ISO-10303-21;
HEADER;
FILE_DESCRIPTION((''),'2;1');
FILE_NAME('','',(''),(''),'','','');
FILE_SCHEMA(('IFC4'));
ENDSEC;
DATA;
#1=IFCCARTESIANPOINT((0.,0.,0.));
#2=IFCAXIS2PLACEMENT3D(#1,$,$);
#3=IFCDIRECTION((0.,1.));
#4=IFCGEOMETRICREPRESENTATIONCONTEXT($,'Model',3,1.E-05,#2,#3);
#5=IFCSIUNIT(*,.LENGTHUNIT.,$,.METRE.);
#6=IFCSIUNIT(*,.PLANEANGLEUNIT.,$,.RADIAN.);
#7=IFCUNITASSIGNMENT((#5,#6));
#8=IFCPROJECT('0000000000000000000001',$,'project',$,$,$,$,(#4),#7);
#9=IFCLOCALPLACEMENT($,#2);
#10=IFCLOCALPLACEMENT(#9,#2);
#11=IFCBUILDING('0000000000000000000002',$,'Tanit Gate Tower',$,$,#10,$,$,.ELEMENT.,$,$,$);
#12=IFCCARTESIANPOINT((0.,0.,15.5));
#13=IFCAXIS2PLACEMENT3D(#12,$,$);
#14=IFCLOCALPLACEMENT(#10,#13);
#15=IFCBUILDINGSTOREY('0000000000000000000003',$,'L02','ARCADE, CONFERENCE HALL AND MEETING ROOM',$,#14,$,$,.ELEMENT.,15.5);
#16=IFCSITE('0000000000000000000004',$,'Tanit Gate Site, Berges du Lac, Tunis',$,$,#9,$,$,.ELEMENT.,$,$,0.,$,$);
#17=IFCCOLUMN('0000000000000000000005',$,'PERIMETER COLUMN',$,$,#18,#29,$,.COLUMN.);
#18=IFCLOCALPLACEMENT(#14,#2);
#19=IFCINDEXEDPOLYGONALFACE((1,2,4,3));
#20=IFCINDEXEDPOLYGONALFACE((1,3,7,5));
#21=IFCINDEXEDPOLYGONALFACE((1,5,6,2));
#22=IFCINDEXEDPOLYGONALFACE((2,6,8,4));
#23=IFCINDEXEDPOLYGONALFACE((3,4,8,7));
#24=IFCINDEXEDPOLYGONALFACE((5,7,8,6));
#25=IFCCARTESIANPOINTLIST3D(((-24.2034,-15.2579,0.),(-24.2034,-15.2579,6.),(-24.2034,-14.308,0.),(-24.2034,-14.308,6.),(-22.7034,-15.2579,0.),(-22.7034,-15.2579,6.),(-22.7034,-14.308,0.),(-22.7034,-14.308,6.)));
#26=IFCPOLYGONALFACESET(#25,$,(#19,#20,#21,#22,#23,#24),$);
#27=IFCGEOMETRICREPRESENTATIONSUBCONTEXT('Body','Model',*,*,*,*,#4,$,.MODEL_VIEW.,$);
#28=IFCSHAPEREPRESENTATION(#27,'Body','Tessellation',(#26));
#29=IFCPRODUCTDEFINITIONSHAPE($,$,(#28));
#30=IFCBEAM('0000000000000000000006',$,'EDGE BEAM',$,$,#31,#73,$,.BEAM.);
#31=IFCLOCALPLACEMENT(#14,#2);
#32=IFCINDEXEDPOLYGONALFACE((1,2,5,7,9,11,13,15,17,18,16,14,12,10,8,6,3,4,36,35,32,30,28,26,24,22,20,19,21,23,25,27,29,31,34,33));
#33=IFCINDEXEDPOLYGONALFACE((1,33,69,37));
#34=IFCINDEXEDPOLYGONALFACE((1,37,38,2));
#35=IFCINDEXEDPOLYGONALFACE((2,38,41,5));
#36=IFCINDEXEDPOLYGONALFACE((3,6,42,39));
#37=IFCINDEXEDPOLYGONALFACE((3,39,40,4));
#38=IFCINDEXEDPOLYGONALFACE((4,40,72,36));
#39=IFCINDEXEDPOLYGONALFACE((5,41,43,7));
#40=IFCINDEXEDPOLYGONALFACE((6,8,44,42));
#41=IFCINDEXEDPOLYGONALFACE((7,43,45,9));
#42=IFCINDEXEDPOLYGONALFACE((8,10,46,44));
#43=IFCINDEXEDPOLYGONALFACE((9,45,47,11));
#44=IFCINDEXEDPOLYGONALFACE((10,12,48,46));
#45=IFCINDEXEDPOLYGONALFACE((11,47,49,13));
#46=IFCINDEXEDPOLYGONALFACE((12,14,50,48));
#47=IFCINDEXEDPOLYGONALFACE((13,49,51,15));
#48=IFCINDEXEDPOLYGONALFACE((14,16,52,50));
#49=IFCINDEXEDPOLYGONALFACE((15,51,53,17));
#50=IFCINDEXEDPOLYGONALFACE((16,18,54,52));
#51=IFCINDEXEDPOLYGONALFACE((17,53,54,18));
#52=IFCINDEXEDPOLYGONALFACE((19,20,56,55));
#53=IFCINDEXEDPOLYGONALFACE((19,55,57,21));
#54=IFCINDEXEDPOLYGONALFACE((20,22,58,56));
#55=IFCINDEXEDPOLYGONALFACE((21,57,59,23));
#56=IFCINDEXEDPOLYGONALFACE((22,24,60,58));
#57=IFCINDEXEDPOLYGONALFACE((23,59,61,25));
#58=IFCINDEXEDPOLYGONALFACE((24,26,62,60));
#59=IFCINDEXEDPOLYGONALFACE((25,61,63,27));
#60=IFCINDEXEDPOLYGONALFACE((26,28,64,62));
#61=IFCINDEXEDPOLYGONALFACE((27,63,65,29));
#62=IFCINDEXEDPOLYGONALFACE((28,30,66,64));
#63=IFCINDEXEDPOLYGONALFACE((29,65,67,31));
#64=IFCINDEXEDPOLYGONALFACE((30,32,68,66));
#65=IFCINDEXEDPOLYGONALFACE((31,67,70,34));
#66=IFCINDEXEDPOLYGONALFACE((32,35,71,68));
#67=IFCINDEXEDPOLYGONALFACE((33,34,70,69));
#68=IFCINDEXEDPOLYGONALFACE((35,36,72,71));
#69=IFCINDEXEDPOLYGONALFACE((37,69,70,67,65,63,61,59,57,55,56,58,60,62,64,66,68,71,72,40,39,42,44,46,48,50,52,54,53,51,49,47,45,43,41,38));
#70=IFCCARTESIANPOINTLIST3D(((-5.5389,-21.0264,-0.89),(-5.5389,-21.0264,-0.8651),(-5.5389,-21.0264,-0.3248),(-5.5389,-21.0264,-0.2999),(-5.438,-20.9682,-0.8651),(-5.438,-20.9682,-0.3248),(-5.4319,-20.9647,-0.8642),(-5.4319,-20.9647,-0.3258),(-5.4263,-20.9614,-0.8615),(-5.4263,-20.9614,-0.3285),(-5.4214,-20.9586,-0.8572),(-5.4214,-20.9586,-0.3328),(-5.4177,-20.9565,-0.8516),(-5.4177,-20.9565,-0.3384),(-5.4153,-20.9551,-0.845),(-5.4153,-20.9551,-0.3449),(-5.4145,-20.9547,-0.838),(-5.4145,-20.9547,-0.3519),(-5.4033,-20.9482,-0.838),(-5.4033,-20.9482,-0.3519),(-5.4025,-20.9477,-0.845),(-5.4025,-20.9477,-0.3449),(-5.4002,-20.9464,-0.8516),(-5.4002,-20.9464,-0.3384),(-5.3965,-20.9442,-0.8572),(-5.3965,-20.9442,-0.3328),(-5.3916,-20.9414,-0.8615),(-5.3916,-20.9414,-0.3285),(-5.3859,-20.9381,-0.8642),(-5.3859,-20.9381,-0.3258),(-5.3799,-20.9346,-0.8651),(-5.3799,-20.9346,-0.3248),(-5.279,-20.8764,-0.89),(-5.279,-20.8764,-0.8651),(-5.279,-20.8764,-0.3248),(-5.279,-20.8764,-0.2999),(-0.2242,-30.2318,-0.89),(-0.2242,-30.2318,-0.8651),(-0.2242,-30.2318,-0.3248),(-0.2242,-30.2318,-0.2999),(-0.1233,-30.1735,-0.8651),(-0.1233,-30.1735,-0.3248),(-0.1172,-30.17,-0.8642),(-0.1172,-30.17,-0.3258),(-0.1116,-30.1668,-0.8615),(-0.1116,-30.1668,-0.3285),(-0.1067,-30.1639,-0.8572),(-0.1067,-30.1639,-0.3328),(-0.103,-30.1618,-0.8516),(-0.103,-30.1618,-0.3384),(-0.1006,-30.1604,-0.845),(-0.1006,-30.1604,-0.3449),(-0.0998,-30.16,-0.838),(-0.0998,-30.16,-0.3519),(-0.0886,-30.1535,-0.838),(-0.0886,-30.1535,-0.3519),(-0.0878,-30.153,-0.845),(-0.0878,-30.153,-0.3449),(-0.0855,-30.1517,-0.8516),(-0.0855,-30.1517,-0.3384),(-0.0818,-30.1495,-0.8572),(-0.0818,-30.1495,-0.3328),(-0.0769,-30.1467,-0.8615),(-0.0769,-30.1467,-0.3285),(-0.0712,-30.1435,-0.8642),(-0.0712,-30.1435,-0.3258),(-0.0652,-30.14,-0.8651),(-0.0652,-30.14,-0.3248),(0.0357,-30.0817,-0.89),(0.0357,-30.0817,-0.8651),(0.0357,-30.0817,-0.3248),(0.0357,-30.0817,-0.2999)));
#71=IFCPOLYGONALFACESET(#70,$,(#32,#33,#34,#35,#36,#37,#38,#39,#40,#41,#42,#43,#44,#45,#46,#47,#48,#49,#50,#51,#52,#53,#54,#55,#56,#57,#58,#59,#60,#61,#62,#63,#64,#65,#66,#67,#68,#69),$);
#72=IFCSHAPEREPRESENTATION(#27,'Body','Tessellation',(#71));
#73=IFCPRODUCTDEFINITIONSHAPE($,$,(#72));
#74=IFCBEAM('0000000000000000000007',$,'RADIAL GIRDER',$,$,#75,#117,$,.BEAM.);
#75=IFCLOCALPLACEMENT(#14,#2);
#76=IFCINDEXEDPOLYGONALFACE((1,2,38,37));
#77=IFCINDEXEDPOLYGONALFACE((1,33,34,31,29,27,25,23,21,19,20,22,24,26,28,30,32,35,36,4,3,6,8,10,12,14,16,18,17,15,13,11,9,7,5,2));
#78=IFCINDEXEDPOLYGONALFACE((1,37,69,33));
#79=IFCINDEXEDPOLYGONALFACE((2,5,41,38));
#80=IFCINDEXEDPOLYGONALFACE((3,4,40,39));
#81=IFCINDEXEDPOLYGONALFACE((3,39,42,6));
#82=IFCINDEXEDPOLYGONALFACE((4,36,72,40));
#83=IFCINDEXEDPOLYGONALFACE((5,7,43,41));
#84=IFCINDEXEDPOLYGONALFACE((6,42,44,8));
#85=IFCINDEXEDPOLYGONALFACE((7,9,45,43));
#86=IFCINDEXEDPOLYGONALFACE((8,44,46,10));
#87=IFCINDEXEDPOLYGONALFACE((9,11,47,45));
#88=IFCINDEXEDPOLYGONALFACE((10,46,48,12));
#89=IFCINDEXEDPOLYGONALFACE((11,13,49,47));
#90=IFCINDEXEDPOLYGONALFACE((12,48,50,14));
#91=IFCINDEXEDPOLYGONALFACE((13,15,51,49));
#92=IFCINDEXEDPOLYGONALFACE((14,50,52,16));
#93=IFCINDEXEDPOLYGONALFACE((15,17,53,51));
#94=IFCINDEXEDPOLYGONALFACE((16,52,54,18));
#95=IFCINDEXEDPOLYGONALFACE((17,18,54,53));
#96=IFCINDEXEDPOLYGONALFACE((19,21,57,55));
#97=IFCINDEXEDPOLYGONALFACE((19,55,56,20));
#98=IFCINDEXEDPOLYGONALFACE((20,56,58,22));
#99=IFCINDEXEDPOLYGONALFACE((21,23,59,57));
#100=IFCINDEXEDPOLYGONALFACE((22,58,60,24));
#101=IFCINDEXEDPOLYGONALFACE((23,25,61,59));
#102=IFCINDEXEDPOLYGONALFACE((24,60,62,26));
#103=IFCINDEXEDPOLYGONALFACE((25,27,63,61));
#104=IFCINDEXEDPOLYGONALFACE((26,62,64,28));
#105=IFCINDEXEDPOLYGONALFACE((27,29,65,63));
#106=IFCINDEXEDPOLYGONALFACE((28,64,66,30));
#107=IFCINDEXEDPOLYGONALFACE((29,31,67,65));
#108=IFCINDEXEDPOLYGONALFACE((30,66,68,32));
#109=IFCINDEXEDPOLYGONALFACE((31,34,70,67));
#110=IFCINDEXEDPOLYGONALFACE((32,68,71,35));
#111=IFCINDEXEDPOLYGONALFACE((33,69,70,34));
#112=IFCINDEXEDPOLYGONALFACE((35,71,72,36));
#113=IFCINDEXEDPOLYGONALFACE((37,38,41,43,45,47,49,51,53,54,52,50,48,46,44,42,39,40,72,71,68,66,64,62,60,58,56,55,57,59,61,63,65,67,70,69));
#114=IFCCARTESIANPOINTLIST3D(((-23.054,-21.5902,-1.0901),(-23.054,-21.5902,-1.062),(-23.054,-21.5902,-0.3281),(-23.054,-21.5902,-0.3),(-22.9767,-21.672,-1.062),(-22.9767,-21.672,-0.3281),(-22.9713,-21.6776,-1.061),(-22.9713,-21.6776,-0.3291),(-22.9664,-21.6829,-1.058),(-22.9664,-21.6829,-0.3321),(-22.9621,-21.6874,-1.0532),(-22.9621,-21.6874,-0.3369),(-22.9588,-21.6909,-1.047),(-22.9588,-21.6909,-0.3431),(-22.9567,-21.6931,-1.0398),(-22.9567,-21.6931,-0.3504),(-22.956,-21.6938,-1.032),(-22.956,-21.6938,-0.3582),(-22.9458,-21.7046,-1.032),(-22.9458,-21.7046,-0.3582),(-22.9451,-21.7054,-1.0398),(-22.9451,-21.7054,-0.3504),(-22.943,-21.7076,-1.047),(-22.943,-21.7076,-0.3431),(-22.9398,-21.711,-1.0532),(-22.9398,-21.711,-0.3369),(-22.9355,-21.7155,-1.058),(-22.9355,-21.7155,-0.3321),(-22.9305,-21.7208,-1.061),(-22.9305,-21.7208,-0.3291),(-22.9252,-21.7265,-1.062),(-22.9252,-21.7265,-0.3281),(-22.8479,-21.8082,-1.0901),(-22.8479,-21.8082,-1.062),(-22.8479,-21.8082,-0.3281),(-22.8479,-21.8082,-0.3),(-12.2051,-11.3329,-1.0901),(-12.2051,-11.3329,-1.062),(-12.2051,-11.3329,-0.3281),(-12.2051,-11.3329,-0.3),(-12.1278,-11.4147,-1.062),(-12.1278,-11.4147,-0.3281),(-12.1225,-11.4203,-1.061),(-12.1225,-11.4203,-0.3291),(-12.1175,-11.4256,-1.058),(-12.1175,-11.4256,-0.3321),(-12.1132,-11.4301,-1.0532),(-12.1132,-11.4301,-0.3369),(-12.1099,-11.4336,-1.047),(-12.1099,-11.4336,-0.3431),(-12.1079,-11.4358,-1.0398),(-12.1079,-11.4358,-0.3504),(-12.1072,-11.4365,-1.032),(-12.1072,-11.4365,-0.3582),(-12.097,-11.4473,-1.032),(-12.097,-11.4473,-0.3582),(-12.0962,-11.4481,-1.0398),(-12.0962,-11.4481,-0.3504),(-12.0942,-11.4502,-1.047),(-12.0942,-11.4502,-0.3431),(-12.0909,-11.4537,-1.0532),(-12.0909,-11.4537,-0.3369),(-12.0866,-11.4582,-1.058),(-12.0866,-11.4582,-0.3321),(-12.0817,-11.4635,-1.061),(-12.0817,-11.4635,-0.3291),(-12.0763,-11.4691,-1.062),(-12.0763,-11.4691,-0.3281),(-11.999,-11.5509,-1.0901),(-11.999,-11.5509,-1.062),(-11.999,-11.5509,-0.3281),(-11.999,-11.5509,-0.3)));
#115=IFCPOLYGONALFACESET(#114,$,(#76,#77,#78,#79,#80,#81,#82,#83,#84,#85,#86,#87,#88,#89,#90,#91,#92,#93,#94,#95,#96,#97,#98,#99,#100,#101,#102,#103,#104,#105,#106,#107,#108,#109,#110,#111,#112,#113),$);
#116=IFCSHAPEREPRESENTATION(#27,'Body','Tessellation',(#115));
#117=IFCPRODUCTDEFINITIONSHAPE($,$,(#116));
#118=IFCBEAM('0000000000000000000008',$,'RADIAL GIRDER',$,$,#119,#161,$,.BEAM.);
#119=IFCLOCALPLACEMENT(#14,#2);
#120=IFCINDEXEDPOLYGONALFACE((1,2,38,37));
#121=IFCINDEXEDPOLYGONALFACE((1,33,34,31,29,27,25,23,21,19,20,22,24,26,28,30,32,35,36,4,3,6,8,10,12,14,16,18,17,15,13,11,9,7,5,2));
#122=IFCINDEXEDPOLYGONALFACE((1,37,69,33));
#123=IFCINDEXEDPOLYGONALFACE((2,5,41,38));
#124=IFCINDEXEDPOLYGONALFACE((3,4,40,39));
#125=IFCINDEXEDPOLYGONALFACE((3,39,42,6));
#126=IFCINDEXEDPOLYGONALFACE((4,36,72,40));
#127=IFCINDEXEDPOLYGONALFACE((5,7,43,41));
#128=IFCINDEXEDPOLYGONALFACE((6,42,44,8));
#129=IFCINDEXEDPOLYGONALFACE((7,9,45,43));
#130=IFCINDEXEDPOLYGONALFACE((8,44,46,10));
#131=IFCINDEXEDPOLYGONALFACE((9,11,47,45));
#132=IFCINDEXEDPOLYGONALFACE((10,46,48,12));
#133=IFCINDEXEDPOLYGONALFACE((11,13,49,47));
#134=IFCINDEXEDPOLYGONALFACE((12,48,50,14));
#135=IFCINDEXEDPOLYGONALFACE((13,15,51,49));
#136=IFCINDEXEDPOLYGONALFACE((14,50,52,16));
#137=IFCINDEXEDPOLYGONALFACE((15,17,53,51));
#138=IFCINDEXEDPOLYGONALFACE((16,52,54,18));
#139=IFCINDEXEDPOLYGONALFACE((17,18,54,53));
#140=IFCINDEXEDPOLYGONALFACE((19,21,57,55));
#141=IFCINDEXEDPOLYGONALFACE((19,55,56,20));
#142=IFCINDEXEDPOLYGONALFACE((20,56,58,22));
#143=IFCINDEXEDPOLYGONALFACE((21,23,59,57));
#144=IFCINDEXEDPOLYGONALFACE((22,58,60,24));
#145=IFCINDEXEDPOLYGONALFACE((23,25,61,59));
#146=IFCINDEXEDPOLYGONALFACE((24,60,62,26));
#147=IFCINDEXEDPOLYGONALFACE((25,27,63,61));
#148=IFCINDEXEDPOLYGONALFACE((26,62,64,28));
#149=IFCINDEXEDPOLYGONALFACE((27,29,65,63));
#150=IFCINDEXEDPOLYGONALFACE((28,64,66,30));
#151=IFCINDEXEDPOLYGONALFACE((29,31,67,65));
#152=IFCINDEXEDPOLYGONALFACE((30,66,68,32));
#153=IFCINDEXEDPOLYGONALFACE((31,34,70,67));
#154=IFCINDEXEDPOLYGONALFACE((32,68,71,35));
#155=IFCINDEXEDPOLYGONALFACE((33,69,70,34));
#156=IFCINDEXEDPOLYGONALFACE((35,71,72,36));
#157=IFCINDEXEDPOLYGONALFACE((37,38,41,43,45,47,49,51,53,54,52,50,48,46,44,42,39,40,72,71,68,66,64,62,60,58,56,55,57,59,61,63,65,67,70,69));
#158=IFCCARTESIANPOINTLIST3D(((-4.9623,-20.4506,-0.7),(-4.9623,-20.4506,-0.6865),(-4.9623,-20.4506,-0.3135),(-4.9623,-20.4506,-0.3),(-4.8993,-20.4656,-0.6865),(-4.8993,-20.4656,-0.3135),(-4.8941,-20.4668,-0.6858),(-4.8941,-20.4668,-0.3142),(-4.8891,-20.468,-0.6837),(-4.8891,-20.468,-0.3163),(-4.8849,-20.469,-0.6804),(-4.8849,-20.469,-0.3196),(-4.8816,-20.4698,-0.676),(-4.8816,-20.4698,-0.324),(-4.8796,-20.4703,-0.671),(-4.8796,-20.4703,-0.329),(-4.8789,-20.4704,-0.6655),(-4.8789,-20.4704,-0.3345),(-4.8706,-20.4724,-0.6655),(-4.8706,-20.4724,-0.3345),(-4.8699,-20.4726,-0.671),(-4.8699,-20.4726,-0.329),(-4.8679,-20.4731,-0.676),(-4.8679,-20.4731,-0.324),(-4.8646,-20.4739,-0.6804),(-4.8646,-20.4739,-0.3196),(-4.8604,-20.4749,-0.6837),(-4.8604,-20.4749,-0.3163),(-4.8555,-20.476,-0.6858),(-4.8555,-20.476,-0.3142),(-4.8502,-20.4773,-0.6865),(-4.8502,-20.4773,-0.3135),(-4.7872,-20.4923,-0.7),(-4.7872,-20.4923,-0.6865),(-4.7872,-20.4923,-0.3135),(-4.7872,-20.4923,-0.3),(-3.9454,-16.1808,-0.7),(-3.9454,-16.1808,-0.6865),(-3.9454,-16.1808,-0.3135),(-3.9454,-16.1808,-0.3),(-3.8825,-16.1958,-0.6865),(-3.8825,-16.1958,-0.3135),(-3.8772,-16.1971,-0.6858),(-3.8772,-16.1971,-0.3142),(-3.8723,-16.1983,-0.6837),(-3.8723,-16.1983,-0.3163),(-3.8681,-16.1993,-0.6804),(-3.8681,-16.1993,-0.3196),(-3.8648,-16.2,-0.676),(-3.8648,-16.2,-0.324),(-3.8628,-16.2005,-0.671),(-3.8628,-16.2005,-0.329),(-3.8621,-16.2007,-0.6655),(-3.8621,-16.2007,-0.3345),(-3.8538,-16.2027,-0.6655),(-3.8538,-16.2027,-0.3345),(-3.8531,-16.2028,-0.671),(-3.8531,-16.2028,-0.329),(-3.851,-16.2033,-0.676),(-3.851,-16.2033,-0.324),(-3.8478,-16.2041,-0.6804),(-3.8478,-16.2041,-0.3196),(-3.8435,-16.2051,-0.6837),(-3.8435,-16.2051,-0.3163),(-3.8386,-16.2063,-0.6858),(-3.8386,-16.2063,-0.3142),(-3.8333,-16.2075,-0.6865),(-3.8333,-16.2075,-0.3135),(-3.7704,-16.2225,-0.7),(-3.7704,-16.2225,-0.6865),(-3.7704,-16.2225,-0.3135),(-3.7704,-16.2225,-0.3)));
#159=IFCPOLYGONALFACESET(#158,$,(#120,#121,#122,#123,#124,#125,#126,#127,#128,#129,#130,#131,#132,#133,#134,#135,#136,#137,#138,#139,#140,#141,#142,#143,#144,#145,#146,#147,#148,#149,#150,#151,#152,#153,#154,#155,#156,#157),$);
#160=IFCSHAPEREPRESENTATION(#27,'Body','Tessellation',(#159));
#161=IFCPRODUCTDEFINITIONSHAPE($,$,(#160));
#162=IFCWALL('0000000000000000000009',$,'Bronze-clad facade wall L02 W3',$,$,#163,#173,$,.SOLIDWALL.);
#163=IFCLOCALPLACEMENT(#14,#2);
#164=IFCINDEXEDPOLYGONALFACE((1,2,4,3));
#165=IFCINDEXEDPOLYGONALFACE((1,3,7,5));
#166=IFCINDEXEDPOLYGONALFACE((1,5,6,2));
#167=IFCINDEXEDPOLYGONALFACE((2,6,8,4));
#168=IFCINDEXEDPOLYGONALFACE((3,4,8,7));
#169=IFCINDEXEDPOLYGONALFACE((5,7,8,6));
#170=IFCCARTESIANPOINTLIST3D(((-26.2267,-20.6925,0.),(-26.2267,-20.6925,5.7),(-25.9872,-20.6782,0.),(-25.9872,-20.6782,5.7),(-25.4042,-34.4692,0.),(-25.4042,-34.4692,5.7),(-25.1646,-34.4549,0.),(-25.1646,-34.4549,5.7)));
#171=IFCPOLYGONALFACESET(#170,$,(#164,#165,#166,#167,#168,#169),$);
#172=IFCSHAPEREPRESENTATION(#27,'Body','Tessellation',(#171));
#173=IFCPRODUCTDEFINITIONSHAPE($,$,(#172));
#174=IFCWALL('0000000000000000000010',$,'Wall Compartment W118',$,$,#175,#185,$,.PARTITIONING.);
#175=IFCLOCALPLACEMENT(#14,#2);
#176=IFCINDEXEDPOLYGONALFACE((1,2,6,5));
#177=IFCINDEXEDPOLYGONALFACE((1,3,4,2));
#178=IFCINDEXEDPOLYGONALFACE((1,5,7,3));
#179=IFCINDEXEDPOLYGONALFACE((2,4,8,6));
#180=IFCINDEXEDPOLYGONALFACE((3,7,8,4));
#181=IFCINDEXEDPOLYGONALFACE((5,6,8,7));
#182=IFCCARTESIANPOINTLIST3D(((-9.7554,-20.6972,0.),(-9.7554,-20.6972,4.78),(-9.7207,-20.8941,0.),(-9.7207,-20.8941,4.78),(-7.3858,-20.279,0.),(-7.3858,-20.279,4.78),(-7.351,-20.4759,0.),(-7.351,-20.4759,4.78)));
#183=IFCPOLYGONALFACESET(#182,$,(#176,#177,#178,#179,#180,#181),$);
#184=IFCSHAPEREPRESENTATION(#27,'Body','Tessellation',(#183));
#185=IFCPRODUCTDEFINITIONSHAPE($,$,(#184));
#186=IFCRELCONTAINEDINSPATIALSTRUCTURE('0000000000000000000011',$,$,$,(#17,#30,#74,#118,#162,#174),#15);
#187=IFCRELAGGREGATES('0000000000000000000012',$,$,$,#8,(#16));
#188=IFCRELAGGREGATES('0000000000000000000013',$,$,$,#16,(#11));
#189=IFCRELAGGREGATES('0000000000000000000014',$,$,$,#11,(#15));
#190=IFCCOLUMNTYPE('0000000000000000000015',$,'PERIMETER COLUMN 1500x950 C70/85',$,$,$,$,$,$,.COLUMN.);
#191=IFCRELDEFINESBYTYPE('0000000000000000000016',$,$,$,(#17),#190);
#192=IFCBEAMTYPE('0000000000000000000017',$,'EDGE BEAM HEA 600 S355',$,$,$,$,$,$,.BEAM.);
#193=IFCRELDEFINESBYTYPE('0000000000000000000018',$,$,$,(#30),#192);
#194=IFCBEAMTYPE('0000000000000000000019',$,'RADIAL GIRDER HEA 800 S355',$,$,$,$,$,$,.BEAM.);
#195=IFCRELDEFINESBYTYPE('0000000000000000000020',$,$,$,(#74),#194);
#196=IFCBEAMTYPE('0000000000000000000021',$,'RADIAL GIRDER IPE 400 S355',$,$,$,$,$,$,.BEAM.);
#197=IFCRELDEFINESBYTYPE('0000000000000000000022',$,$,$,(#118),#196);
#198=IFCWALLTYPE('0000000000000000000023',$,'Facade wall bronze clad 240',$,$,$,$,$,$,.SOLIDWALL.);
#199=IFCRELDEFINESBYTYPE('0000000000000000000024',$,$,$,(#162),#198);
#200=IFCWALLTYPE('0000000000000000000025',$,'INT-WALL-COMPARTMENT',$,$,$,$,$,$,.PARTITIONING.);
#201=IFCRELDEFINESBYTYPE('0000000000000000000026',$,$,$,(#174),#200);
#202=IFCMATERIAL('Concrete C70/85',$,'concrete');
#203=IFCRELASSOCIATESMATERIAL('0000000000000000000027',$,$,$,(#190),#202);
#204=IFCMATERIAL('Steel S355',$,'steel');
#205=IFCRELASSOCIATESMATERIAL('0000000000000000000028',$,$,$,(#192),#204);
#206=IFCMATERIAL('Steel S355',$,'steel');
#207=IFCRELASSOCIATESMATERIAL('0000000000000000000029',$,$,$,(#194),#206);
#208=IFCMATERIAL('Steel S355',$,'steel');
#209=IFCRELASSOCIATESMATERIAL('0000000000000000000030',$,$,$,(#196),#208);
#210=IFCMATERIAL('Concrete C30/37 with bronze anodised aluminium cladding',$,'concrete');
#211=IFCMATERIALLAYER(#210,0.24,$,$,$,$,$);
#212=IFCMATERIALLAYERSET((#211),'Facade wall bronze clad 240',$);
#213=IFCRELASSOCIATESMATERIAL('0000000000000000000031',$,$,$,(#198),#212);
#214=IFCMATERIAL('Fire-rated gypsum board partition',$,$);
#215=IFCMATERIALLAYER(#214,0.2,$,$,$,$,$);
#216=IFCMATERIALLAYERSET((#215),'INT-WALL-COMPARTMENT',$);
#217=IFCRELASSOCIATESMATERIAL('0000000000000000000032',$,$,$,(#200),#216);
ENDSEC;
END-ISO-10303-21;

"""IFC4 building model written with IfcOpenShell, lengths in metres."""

from ifc_helpers import new_model, si_unit, direction, frame, frame_2d, origin, origin_2d, place, context, subcontext, project, spatial, rectangle, i_section, extrude, material, layer, layer_set, material_profile, profile_set, type_object, element, save


model = new_model("IFC4")

# Units and contexts
model_context = context("Model", 3, precision=1e-05, world=origin(), true_north=direction((0.0, 1.0)))
body_context = subcontext(model_context, "Body", "Model", "MODEL_VIEW")
ifc_project = project(units=[si_unit("LENGTHUNIT", "METRE"), si_unit("PLANEANGLEUNIT", "RADIAN")], contexts=[model_context])

# Site, building, storey
site_placement = place(None, origin())
site = spatial("IfcSite", under=ifc_project, at=site_placement, Name="Tanit Gate Site, Berges du Lac, Tunis", CompositionType="ELEMENT", RefElevation=0.0)
building_placement = place(site_placement, origin())
building = spatial("IfcBuilding", under=site, at=building_placement, Name="Tanit Gate Tower", CompositionType="ELEMENT")
storey_placement = place(building_placement, frame((0.0, 0.0, 15.5)))
storey = spatial("IfcBuildingStorey", under=building, at=storey_placement, Name="L02", Description="ARCADE, CONFERENCE HALL AND MEETING ROOM", CompositionType="ELEMENT", Elevation=15.5)

# Column
ifc_material_1 = material(Name="Concrete C70/85", Category="concrete")
ifc_material_profile_1 = material_profile(ifc_material_1, rectangle(XDim=1.5, YDim=0.95, at=origin_2d()), Name="RC 1500x950")
ifc_profile_set_1 = profile_set([ifc_material_profile_1], Name="Concrete C70/85")
column_type = type_object("IfcColumnType", Name="PERIMETER COLUMN 1500x950 C70/85", PredefinedType="COLUMN", material=ifc_profile_set_1)
column_placement = place(storey_placement, frame((-23.4534, -14.783, 0.0), z_axis=(0.0, 0.0, 1.0), x_axis=(-1.0, 0.0, 0.0)))
element("IfcColumn", 1, at=column_placement, inside=storey, type_object=column_type, Name="PERIMETER COLUMN", PredefinedType="COLUMN", context=body_context, shape_type="SweptSolid", body=[
    extrude(rectangle(XDim=1.5, YDim=0.95, at=origin_2d()), origin(), (0.0, 0.0, 1.0), 6.0),
])

# Beams
ifc_material_2 = material(Name="Steel S355", Category="steel")
ifc_material_profile_2 = material_profile(ifc_material_2, i_section(OverallWidth=0.3, OverallDepth=0.5901, WebThickness=0.0129, FlangeThickness=0.0249, FilletRadius=0.0271, at=origin_2d()), Name="HEA 600")
ifc_profile_set_2 = profile_set([ifc_material_profile_2], Name="Steel S355")
beam_type_1 = type_object("IfcBeamType", Name="EDGE BEAM HEA 600 S355", PredefinedType="BEAM", material=ifc_profile_set_2)
beam_1_placement = place(storey_placement, frame((-5.4089, -20.9514, -0.595), z_axis=(0.5, -0.866025, 0.0), x_axis=(0.866025, 0.5, 0.0)))
element("IfcBeam", 2, at=beam_1_placement, inside=storey, type_object=beam_type_1, Name="EDGE BEAM", PredefinedType="BEAM", context=body_context, shape_type="SweptSolid", body=[
    extrude(i_section(OverallWidth=0.3, OverallDepth=0.5901, WebThickness=0.0129, FlangeThickness=0.0249, FilletRadius=0.0271, at=origin_2d()), origin(), (0.0, 0.0, 1.0), 10.6294),
])
ifc_material_3 = material(Name="Steel S355", Category="steel")
ifc_material_profile_3 = material_profile(ifc_material_3, i_section(OverallWidth=0.3, OverallDepth=0.79, WebThickness=0.0149, FlangeThickness=0.0281, FilletRadius=0.03, at=origin_2d()), Name="HEA 800")
ifc_profile_set_3 = profile_set([ifc_material_profile_3], Name="Steel S355")
beam_type_2 = type_object("IfcBeamType", Name="RADIAL GIRDER HEA 800 S355", PredefinedType="BEAM", material=ifc_profile_set_3)
beam_2_placement = place(storey_placement, frame((-22.9509, -21.6992, -0.6951), z_axis=(0.72664, 0.687019, 0.0), x_axis=(-0.687019, 0.72664, 0.0)))
element("IfcBeam", 3, at=beam_2_placement, inside=storey, type_object=beam_type_2, Name="RADIAL GIRDER", PredefinedType="BEAM", context=body_context, shape_type="SweptSolid", body=[
    extrude(i_section(OverallWidth=0.3, OverallDepth=0.79, WebThickness=0.0149, FlangeThickness=0.0281, FilletRadius=0.03, at=origin_2d()), origin(), (0.0, 0.0, 1.0), 14.9302),
])
ifc_material_4 = material(Name="Steel S355", Category="steel")
ifc_material_profile_4 = material_profile(ifc_material_4, i_section(OverallWidth=0.1799, OverallDepth=0.3999, WebThickness=0.0085, FlangeThickness=0.0134, FilletRadius=0.021, at=origin_2d()), Name="IPE 400")
ifc_profile_set_4 = profile_set([ifc_material_profile_4], Name="Steel S355")
beam_type_3 = type_object("IfcBeamType", Name="RADIAL GIRDER IPE 400 S355", PredefinedType="BEAM", material=ifc_profile_set_4)
beam_3_placement = place(storey_placement, frame((-4.8748, -20.4714, -0.5), z_axis=(0.231671, 0.972794, 0.0), x_axis=(-0.972794, 0.231671, 0.0)))
element("IfcBeam", 4, at=beam_3_placement, inside=storey, type_object=beam_type_3, Name="RADIAL GIRDER", PredefinedType="BEAM", context=body_context, shape_type="SweptSolid", body=[
    extrude(i_section(OverallWidth=0.1799, OverallDepth=0.3999, WebThickness=0.0085, FlangeThickness=0.0134, FilletRadius=0.021, at=origin_2d()), origin(), (0.0, 0.0, 1.0), 4.3892),
])

# Walls
ifc_material_5 = material(Name="Concrete C30/37 with bronze anodised aluminium cladding", Category="concrete")
ifc_layer_1 = layer(ifc_material_5, 0.24)
ifc_layer_set_1 = layer_set([ifc_layer_1], Name="Facade wall bronze clad 240")
wall_type_1 = type_object("IfcWallType", Name="Facade wall bronze clad 240", PredefinedType="SOLIDWALL", material=ifc_layer_set_1)
wall_1_placement = place(storey_placement, frame((-26.1069, -20.6853, 0.0), z_axis=(0.0, 0.0, 1.0), x_axis=(0.059596, -0.998223, 0.0)))
element("IfcWall", 5, at=wall_1_placement, inside=storey, type_object=wall_type_1, Name="Bronze-clad facade wall L02 W3", PredefinedType="SOLIDWALL", context=body_context, shape_type="SweptSolid", body=[
    extrude(rectangle(XDim=13.8013, YDim=0.24, at=frame_2d((6.9006, 0.0))), origin(), (0.0, 0.0, 1.0), 5.7),
])
ifc_material_6 = material(Name="Fire-rated gypsum board partition")
ifc_layer_2 = layer(ifc_material_6, 0.2)
ifc_layer_set_2 = layer_set([ifc_layer_2], Name="INT-WALL-COMPARTMENT")
wall_type_2 = type_object("IfcWallType", Name="INT-WALL-COMPARTMENT", PredefinedType="PARTITIONING", material=ifc_layer_set_2)
wall_2_placement = place(storey_placement, frame((-9.738, -20.7957, 0.0), z_axis=(0.0, 0.0, 1.0), x_axis=(0.98478, 0.173803, 0.0)))
element("IfcWall", 6, at=wall_2_placement, inside=storey, type_object=wall_type_2, Name="Wall Compartment W118", PredefinedType="PARTITIONING", context=body_context, shape_type="SweptSolid", body=[
    extrude(rectangle(XDim=2.4062, YDim=0.2, at=frame_2d((1.2031, 0.0))), origin(), (0.0, 0.0, 1.0), 4.78),
])

save(model, "model.ifc")
